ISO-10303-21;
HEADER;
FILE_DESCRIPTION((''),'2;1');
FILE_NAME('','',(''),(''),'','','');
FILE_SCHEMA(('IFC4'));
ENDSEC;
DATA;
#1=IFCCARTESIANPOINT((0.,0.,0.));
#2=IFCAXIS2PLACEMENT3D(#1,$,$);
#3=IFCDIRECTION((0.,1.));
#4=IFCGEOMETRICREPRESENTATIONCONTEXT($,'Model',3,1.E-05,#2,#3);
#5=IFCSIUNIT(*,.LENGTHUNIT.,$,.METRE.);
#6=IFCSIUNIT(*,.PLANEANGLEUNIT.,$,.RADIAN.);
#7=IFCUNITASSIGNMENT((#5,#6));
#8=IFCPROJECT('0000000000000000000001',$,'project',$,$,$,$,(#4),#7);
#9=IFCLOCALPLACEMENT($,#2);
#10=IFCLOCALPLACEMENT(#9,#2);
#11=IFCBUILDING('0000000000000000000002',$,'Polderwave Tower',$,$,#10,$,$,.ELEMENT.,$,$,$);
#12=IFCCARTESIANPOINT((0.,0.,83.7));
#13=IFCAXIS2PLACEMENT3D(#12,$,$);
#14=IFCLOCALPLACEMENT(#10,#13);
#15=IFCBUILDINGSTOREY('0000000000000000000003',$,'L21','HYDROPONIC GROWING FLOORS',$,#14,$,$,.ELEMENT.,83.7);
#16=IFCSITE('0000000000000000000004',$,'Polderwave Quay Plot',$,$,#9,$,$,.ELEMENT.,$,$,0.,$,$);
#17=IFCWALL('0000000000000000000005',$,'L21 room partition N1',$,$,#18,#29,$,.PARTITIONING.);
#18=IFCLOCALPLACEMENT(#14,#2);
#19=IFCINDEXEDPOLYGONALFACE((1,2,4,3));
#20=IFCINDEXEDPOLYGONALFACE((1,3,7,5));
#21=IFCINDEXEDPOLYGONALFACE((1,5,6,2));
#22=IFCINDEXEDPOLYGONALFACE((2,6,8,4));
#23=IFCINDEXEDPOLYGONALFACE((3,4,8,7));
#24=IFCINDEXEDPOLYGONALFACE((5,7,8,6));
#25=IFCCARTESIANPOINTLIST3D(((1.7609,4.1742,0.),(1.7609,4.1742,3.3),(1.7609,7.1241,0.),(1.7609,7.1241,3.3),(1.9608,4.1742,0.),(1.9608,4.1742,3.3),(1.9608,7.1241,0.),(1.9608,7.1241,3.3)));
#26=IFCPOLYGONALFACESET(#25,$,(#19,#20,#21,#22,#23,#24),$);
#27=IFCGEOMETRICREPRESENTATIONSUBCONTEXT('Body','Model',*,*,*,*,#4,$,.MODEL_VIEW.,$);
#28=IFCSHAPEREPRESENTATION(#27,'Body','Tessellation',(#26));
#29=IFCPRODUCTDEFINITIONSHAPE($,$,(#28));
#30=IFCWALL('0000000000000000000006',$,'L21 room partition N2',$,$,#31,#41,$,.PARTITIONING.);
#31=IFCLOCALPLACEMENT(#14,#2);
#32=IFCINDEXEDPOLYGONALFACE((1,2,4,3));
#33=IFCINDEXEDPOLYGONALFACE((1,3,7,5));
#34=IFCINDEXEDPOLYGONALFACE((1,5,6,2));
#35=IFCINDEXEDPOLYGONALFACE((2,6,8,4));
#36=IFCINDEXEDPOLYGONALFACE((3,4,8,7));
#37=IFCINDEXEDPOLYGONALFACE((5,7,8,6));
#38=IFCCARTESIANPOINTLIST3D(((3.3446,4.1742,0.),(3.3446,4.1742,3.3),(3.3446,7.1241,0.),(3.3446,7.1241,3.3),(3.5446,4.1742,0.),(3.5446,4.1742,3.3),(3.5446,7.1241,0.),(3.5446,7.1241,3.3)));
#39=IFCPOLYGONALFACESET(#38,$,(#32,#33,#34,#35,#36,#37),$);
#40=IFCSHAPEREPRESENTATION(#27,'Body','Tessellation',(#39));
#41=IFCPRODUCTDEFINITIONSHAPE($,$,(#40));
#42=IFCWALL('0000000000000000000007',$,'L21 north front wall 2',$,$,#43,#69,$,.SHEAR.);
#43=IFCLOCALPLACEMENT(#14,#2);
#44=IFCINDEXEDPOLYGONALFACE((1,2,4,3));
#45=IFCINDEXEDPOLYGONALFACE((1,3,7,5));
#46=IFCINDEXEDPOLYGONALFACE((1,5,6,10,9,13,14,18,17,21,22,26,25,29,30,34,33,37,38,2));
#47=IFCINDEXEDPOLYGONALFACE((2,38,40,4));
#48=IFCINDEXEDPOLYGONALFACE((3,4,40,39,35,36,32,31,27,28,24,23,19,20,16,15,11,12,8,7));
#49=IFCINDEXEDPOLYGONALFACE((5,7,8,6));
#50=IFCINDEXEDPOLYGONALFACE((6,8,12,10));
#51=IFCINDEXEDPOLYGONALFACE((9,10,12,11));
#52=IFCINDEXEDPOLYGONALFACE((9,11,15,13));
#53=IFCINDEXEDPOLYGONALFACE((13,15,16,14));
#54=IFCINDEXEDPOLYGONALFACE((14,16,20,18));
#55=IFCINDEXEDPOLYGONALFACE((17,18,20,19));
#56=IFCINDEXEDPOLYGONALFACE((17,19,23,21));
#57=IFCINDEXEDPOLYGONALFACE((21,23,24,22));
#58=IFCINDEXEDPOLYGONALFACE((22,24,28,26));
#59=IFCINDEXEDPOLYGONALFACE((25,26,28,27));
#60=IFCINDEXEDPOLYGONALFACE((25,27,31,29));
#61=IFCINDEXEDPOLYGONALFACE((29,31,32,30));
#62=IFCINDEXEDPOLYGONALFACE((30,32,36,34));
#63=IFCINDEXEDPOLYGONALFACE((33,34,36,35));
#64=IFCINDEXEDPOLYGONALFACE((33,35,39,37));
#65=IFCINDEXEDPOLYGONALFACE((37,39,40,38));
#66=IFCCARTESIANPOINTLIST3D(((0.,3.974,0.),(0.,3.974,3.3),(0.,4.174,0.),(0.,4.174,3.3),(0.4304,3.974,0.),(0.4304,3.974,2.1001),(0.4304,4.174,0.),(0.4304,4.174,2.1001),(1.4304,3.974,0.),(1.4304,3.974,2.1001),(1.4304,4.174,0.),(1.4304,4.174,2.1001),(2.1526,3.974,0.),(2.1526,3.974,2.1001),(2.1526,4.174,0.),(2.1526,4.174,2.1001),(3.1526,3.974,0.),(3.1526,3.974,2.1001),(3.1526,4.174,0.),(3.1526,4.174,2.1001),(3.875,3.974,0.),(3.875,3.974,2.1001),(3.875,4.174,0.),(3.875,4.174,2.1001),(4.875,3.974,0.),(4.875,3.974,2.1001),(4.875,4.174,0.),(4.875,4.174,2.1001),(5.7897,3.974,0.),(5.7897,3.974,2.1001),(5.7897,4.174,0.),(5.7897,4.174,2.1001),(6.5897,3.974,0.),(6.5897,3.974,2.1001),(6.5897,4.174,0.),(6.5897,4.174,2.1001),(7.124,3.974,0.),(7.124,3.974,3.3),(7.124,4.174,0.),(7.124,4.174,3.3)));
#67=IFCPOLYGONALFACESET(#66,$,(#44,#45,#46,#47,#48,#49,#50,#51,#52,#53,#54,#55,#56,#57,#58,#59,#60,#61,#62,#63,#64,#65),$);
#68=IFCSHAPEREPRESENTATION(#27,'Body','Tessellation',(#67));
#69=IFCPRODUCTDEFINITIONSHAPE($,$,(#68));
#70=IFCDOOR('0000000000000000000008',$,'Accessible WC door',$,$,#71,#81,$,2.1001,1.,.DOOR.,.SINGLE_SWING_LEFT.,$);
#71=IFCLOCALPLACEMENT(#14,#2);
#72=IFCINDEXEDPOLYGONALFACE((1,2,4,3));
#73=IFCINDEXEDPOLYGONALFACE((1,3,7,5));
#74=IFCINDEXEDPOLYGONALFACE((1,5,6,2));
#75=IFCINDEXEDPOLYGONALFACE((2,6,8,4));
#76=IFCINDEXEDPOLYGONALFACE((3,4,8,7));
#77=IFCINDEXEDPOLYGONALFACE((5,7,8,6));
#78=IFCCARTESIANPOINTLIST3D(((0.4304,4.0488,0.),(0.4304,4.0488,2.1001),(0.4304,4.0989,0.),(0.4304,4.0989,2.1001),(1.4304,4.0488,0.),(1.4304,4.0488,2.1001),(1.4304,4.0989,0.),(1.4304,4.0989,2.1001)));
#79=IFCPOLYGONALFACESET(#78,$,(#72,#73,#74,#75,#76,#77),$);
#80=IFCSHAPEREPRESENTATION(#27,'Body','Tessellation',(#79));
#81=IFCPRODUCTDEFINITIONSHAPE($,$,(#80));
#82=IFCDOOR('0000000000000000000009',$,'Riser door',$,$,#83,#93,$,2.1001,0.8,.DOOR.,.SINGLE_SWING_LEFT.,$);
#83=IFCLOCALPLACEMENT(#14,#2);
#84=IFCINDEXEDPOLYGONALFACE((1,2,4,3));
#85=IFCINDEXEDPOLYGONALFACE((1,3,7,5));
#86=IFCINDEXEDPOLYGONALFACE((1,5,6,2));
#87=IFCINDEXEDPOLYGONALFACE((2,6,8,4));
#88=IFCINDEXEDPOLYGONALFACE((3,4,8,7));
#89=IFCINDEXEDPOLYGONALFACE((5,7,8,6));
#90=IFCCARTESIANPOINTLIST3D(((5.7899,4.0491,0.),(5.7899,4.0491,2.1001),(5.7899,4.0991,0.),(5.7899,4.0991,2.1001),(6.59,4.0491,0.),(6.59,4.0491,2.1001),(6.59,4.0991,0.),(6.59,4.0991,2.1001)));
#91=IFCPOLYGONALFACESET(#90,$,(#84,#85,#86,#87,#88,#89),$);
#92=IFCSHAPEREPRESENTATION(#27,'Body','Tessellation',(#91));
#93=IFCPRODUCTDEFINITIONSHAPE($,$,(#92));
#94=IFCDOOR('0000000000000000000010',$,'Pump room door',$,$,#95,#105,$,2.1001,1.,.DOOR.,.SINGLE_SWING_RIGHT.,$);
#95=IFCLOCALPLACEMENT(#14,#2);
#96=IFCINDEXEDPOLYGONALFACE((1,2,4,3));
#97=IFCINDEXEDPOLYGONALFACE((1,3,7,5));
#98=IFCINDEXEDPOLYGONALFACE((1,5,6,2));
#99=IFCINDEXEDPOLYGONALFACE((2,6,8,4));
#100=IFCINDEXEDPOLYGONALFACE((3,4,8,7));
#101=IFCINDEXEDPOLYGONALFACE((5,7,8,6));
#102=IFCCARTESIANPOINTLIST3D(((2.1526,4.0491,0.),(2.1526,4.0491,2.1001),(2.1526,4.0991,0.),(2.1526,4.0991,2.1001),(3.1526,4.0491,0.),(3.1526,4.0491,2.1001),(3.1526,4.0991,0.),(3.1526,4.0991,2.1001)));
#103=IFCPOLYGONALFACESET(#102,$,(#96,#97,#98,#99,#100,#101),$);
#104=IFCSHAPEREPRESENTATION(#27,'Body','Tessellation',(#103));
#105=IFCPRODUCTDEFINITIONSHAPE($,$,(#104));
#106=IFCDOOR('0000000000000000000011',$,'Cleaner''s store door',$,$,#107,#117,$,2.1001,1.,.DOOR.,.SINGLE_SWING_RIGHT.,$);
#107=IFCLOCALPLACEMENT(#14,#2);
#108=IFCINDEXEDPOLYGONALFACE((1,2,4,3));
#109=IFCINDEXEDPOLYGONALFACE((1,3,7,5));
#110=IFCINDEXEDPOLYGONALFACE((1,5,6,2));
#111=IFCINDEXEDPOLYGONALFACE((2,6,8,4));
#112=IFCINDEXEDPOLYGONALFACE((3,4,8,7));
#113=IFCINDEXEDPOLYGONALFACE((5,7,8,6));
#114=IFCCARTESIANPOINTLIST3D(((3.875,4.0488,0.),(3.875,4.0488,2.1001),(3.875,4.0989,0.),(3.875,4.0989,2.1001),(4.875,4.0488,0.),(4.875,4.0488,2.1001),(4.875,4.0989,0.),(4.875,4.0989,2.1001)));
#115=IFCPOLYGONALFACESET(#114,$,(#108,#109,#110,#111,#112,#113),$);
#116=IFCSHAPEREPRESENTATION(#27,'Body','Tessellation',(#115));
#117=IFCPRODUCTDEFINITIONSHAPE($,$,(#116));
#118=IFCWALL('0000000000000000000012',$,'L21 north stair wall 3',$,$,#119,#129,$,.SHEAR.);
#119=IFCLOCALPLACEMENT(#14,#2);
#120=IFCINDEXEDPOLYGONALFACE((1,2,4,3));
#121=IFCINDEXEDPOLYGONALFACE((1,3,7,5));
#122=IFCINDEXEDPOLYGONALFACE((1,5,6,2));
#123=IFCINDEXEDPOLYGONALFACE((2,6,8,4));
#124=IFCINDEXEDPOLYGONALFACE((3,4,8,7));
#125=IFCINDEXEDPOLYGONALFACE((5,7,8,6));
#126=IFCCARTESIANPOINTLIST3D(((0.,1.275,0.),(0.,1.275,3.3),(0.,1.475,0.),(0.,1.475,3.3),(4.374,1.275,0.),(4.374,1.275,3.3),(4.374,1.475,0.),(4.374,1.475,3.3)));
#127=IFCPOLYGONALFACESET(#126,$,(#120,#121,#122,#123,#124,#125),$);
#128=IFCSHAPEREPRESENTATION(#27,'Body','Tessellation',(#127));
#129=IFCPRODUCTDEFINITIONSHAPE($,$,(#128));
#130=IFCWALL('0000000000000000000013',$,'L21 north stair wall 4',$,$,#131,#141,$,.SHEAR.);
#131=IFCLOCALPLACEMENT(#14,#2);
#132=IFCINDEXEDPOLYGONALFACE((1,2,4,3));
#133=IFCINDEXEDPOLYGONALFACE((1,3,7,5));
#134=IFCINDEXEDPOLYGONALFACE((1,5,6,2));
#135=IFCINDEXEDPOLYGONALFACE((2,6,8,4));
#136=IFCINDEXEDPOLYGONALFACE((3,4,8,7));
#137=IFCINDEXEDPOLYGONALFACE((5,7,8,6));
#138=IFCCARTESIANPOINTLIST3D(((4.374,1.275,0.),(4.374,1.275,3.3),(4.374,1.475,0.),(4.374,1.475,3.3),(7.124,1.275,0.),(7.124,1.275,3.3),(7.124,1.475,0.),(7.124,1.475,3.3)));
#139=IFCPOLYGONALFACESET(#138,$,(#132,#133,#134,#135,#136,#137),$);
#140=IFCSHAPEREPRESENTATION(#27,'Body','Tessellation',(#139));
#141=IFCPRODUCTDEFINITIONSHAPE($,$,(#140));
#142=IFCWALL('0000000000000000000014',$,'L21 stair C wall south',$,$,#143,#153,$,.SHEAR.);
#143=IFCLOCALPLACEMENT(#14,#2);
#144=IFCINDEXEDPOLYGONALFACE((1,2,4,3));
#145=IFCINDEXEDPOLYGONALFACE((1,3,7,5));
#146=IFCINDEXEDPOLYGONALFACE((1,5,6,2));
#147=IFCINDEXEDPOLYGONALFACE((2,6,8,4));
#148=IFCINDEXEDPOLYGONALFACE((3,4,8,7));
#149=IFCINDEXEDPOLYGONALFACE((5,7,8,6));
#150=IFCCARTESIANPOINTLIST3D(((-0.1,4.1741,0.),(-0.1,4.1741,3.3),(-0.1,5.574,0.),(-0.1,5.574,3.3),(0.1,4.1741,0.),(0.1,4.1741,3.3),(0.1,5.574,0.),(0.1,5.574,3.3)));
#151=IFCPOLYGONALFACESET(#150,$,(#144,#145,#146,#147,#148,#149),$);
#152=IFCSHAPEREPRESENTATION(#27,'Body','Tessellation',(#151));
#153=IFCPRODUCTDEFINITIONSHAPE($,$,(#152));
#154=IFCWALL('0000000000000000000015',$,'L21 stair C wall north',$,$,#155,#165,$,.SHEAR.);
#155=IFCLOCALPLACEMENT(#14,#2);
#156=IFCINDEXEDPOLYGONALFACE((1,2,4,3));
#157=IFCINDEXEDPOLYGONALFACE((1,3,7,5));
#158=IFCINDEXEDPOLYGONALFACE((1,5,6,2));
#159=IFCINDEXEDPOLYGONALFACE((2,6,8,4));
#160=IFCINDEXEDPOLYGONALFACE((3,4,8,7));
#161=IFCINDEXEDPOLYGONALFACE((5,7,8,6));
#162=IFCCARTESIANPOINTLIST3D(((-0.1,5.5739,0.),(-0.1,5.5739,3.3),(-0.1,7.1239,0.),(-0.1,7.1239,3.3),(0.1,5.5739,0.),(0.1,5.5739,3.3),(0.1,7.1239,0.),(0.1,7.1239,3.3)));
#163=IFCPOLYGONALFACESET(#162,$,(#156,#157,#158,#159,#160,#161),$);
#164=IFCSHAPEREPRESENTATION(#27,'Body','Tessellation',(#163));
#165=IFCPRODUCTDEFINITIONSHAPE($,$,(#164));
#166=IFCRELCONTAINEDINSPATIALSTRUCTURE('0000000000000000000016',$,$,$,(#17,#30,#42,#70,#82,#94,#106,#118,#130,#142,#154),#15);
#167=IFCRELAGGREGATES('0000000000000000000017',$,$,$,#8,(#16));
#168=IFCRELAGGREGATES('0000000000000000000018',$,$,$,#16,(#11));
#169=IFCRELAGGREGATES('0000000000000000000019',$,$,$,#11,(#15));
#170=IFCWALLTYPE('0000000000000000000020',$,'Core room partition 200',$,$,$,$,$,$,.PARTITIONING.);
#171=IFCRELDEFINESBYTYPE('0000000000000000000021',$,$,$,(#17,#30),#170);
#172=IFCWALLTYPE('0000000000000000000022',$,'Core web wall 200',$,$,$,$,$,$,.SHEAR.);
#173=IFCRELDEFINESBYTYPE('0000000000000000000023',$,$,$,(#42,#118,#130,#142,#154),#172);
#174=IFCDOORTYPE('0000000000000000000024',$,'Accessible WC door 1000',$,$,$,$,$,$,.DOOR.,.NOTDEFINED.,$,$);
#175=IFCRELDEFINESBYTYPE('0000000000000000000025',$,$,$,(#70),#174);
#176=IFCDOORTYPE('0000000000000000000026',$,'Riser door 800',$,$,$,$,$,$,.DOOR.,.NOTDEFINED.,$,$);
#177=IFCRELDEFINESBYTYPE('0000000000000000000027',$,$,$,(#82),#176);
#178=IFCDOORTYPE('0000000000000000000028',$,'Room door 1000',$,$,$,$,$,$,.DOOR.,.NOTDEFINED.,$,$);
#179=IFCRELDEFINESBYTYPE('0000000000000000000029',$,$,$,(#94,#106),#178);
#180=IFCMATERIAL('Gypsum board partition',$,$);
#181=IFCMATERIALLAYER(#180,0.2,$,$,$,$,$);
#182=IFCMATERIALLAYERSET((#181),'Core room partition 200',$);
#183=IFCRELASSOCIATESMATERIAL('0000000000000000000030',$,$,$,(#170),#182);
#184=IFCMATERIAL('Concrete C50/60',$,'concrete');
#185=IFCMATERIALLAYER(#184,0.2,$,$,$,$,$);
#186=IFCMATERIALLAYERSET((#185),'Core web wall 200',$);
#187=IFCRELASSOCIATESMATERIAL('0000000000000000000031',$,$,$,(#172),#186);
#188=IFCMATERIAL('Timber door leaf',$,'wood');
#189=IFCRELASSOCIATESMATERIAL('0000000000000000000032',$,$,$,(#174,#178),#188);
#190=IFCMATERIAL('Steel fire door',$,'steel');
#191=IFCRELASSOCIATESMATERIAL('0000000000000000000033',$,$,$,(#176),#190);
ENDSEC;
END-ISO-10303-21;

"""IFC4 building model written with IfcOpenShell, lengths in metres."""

from ifc_helpers import new_model, si_unit, direction, frame, frame_2d, origin, place, context, subcontext, project, spatial, rectangle, extrude, material, layer, layer_set, type_object, element, fill, save


model = new_model("IFC4")

# Units and contexts
model_context = context("Model", 3, precision=1e-05, world=origin(), true_north=direction((0.0, 1.0)))
body_context = subcontext(model_context, "Body", "Model", "MODEL_VIEW")
ifc_project = project(units=[si_unit("LENGTHUNIT", "METRE"), si_unit("PLANEANGLEUNIT", "RADIAN")], contexts=[model_context])

# Site, building, storey
site_placement = place(None, origin())
site = spatial("IfcSite", under=ifc_project, at=site_placement, Name="Polderwave Quay Plot", CompositionType="ELEMENT", RefElevation=0.0)
building_placement = place(site_placement, origin())
building = spatial("IfcBuilding", under=site, at=building_placement, Name="Polderwave Tower", CompositionType="ELEMENT")
storey_placement = place(building_placement, frame((0.0, 0.0, 83.7)))
storey = spatial("IfcBuildingStorey", under=building, at=storey_placement, Name="L21", Description="HYDROPONIC GROWING FLOORS", CompositionType="ELEMENT", Elevation=83.7)

# Walls
ifc_material_1 = material(Name="Gypsum board partition")
ifc_layer_1 = layer(ifc_material_1, 0.2)
ifc_layer_set_1 = layer_set([ifc_layer_1], Name="Core room partition 200")
wall_type_1 = type_object("IfcWallType", Name="Core room partition 200", PredefinedType="PARTITIONING", material=ifc_layer_set_1)
for number, where, z_axis, x_axis, name in (
    (1, (1.8608, 4.1741, 0.0), (0.0, 0.0, 1.0), (0.0, 1.0, 0.0), "L21 room partition N1"),
    (2, (3.4446, 4.1741, 0.0), (0.0, 0.0, 1.0), (0.0, 1.0, 0.0), "L21 room partition N2"),
):
    element("IfcWall", number, at=place(storey_placement, frame(where, z_axis=z_axis, x_axis=x_axis)), inside=storey, type_object=wall_type_1, Name=name, PredefinedType="PARTITIONING", context=body_context, shape_type="SweptSolid", body=[
        extrude(rectangle(XDim=2.95, YDim=0.2, at=frame_2d((1.4751, 0.0))), origin(), (0.0, 0.0, 1.0), 3.3),
    ])

# Wall, openings, doors
ifc_material_2 = material(Name="Concrete C50/60", Category="concrete")
ifc_layer_2 = layer(ifc_material_2, 0.2)
ifc_layer_set_2 = layer_set([ifc_layer_2], Name="Core web wall 200")
wall_type_2 = type_object("IfcWallType", Name="Core web wall 200", PredefinedType="SHEAR", material=ifc_layer_set_2)
wall_1_placement = place(storey_placement, frame((0.0, 4.074, 0.0), z_axis=(0.0, 0.0, 1.0), x_axis=(1.0, 0.0, 0.0)))
wall_1 = element("IfcWall", 3, at=wall_1_placement, inside=storey, type_object=wall_type_2, Name="L21 north front wall 2", PredefinedType="SHEAR", context=body_context, shape_type="SweptSolid", body=[
    extrude(rectangle(XDim=7.124, YDim=0.2, at=frame_2d((3.562, 0.0))), origin(), (0.0, 0.0, 1.0), 3.3),
])
opening_1_placement = place(wall_1_placement, frame((0.4304, 0.0, 0.0)))
opening_1 = element("IfcOpeningElement", 4, at=opening_1_placement, cuts=wall_1, PredefinedType="OPENING", context=body_context, shape_type="SweptSolid", body=[
    extrude(rectangle(XDim=1.0, YDim=2.1001, at=frame_2d((0.5, 1.05))), frame((0.0, 0.1099, 0.0), z_axis=(0.0, -1.0, 0.0), x_axis=(1.0, 0.0, 0.0)), (0.0, 0.0, 1.0), 0.22),
])
opening_2_placement = place(wall_1_placement, frame((2.1526, 0.0, 0.0)))
opening_2 = element("IfcOpeningElement", 5, at=opening_2_placement, cuts=wall_1, PredefinedType="OPENING", context=body_context, shape_type="SweptSolid", body=[
    extrude(rectangle(XDim=1.0, YDim=2.1001, at=frame_2d((0.5, 1.05))), frame((0.0, 0.1099, 0.0), z_axis=(0.0, -1.0, 0.0), x_axis=(1.0, 0.0, 0.0)), (0.0, 0.0, 1.0), 0.22),
])
opening_3_placement = place(wall_1_placement, frame((3.875, 0.0, 0.0)))
opening_3 = element("IfcOpeningElement", 6, at=opening_3_placement, cuts=wall_1, PredefinedType="OPENING", context=body_context, shape_type="SweptSolid", body=[
    extrude(rectangle(XDim=1.0, YDim=2.1001, at=frame_2d((0.5, 1.05))), frame((0.0, 0.1099, 0.0), z_axis=(0.0, -1.0, 0.0), x_axis=(1.0, 0.0, 0.0)), (0.0, 0.0, 1.0), 0.22),
])
opening_4_placement = place(wall_1_placement, frame((5.7898, 0.0, 0.0)))
opening_4 = element("IfcOpeningElement", 7, at=opening_4_placement, cuts=wall_1, PredefinedType="OPENING", context=body_context, shape_type="SweptSolid", body=[
    extrude(rectangle(XDim=0.8, YDim=2.1001, at=frame_2d((0.3999, 1.05))), frame((0.0, 0.1099, 0.0), z_axis=(0.0, -1.0, 0.0), x_axis=(1.0, 0.0, 0.0)), (0.0, 0.0, 1.0), 0.22),
])
ifc_material_3 = material(Name="Timber door leaf", Category="wood")
door_type_1 = type_object("IfcDoorType", Name="Accessible WC door 1000", OperationType="NOTDEFINED", PredefinedType="DOOR", material=ifc_material_3)
door_1_placement = place(opening_1_placement, origin())
door_1 = element("IfcDoor", 8, at=door_1_placement, inside=storey, type_object=door_type_1, Name="Accessible WC door", OperationType="SINGLE_SWING_LEFT", OverallHeight=2.1001, OverallWidth=1.0, PredefinedType="DOOR", context=body_context, shape_type="SweptSolid", body=[
    extrude(rectangle(XDim=1.0, YDim=2.1001, at=frame_2d((0.5, 1.05))), frame((0.0, 0.0249, 0.0), z_axis=(0.0, -1.0, 0.0), x_axis=(1.0, 0.0, 0.0)), (0.0, 0.0, 1.0), 0.05),
])
fill(opening_1, door_1)
ifc_material_4 = material(Name="Steel fire door", Category="steel")
door_type_2 = type_object("IfcDoorType", Name="Riser door 800", OperationType="NOTDEFINED", PredefinedType="DOOR", material=ifc_material_4)
door_2_placement = place(opening_4_placement, frame((0.8, 0.0, 0.0), z_axis=(0.0, 0.0, 1.0), x_axis=(-1.0, 0.0, 0.0)))
door_2 = element("IfcDoor", 9, at=door_2_placement, inside=storey, type_object=door_type_2, Name="Riser door", OperationType="SINGLE_SWING_LEFT", OverallHeight=2.1001, OverallWidth=0.8, PredefinedType="DOOR", context=body_context, shape_type="SweptSolid", body=[
    extrude(rectangle(XDim=0.8, YDim=2.1001, at=frame_2d((0.3999, 1.05))), frame((0.0, 0.0249, 0.0), z_axis=(0.0, -1.0, 0.0), x_axis=(1.0, 0.0, 0.0)), (0.0, 0.0, 1.0), 0.05),
])
fill(opening_4, door_2)
door_type_3 = type_object("IfcDoorType", Name="Room door 1000", OperationType="NOTDEFINED", PredefinedType="DOOR", material=ifc_material_3)
door_3_placement = place(opening_2_placement, frame((1.0, 0.0, 0.0), z_axis=(0.0, 0.0, 1.0), x_axis=(-1.0, 0.0, 0.0)))
door_3 = element("IfcDoor", 10, at=door_3_placement, inside=storey, type_object=door_type_3, Name="Pump room door", OperationType="SINGLE_SWING_RIGHT", OverallHeight=2.1001, OverallWidth=1.0, PredefinedType="DOOR", context=body_context, shape_type="SweptSolid", body=[
    extrude(rectangle(XDim=1.0, YDim=2.1001, at=frame_2d((0.5, 1.05))), frame((0.0, 0.0249, 0.0), z_axis=(0.0, -1.0, 0.0), x_axis=(1.0, 0.0, 0.0)), (0.0, 0.0, 1.0), 0.05),
])
fill(opening_2, door_3)
door_4_placement = place(opening_3_placement, origin())
door_4 = element("IfcDoor", 11, at=door_4_placement, inside=storey, type_object=door_type_3, Name="Cleaner's store door", OperationType="SINGLE_SWING_RIGHT", OverallHeight=2.1001, OverallWidth=1.0, PredefinedType="DOOR", context=body_context, shape_type="SweptSolid", body=[
    extrude(rectangle(XDim=1.0, YDim=2.1001, at=frame_2d((0.5, 1.05))), frame((0.0, 0.0249, 0.0), z_axis=(0.0, -1.0, 0.0), x_axis=(1.0, 0.0, 0.0)), (0.0, 0.0, 1.0), 0.05),
])
fill(opening_3, door_4)

# Walls
wall_2_placement = place(storey_placement, frame((0.0, 1.375, 0.0), z_axis=(0.0, 0.0, 1.0), x_axis=(1.0, 0.0, 0.0)))
element("IfcWall", 12, at=wall_2_placement, inside=storey, type_object=wall_type_2, Name="L21 north stair wall 3", PredefinedType="SHEAR", context=body_context, shape_type="SweptSolid", body=[
    extrude(rectangle(XDim=4.374, YDim=0.2, at=frame_2d((2.187, 0.0))), origin(), (0.0, 0.0, 1.0), 3.3),
])
wall_3_placement = place(storey_placement, frame((4.374, 1.375, 0.0), z_axis=(0.0, 0.0, 1.0), x_axis=(1.0, 0.0, 0.0)))
element("IfcWall", 13, at=wall_3_placement, inside=storey, type_object=wall_type_2, Name="L21 north stair wall 4", PredefinedType="SHEAR", context=body_context, shape_type="SweptSolid", body=[
    extrude(rectangle(XDim=2.75, YDim=0.2, at=frame_2d((1.375, 0.0))), origin(), (0.0, 0.0, 1.0), 3.3),
])
wall_4_placement = place(storey_placement, frame((0.0, 4.1741, 0.0), z_axis=(0.0, 0.0, 1.0), x_axis=(0.0, 1.0, 0.0)))
element("IfcWall", 14, at=wall_4_placement, inside=storey, type_object=wall_type_2, Name="L21 stair C wall south", PredefinedType="SHEAR", context=body_context, shape_type="SweptSolid", body=[
    extrude(rectangle(XDim=1.3999, YDim=0.2, at=frame_2d((0.7, 0.0))), origin(), (0.0, 0.0, 1.0), 3.3),
])
wall_5_placement = place(storey_placement, frame((0.0, 5.574, 0.0), z_axis=(0.0, 0.0, 1.0), x_axis=(0.0, 1.0, 0.0)))
element("IfcWall", 15, at=wall_5_placement, inside=storey, type_object=wall_type_2, Name="L21 stair C wall north", PredefinedType="SHEAR", context=body_context, shape_type="SweptSolid", body=[
    extrude(rectangle(XDim=1.55, YDim=0.2, at=frame_2d((0.7749, 0.0))), origin(), (0.0, 0.0, 1.0), 3.3),
])

save(model, "model.ifc")
